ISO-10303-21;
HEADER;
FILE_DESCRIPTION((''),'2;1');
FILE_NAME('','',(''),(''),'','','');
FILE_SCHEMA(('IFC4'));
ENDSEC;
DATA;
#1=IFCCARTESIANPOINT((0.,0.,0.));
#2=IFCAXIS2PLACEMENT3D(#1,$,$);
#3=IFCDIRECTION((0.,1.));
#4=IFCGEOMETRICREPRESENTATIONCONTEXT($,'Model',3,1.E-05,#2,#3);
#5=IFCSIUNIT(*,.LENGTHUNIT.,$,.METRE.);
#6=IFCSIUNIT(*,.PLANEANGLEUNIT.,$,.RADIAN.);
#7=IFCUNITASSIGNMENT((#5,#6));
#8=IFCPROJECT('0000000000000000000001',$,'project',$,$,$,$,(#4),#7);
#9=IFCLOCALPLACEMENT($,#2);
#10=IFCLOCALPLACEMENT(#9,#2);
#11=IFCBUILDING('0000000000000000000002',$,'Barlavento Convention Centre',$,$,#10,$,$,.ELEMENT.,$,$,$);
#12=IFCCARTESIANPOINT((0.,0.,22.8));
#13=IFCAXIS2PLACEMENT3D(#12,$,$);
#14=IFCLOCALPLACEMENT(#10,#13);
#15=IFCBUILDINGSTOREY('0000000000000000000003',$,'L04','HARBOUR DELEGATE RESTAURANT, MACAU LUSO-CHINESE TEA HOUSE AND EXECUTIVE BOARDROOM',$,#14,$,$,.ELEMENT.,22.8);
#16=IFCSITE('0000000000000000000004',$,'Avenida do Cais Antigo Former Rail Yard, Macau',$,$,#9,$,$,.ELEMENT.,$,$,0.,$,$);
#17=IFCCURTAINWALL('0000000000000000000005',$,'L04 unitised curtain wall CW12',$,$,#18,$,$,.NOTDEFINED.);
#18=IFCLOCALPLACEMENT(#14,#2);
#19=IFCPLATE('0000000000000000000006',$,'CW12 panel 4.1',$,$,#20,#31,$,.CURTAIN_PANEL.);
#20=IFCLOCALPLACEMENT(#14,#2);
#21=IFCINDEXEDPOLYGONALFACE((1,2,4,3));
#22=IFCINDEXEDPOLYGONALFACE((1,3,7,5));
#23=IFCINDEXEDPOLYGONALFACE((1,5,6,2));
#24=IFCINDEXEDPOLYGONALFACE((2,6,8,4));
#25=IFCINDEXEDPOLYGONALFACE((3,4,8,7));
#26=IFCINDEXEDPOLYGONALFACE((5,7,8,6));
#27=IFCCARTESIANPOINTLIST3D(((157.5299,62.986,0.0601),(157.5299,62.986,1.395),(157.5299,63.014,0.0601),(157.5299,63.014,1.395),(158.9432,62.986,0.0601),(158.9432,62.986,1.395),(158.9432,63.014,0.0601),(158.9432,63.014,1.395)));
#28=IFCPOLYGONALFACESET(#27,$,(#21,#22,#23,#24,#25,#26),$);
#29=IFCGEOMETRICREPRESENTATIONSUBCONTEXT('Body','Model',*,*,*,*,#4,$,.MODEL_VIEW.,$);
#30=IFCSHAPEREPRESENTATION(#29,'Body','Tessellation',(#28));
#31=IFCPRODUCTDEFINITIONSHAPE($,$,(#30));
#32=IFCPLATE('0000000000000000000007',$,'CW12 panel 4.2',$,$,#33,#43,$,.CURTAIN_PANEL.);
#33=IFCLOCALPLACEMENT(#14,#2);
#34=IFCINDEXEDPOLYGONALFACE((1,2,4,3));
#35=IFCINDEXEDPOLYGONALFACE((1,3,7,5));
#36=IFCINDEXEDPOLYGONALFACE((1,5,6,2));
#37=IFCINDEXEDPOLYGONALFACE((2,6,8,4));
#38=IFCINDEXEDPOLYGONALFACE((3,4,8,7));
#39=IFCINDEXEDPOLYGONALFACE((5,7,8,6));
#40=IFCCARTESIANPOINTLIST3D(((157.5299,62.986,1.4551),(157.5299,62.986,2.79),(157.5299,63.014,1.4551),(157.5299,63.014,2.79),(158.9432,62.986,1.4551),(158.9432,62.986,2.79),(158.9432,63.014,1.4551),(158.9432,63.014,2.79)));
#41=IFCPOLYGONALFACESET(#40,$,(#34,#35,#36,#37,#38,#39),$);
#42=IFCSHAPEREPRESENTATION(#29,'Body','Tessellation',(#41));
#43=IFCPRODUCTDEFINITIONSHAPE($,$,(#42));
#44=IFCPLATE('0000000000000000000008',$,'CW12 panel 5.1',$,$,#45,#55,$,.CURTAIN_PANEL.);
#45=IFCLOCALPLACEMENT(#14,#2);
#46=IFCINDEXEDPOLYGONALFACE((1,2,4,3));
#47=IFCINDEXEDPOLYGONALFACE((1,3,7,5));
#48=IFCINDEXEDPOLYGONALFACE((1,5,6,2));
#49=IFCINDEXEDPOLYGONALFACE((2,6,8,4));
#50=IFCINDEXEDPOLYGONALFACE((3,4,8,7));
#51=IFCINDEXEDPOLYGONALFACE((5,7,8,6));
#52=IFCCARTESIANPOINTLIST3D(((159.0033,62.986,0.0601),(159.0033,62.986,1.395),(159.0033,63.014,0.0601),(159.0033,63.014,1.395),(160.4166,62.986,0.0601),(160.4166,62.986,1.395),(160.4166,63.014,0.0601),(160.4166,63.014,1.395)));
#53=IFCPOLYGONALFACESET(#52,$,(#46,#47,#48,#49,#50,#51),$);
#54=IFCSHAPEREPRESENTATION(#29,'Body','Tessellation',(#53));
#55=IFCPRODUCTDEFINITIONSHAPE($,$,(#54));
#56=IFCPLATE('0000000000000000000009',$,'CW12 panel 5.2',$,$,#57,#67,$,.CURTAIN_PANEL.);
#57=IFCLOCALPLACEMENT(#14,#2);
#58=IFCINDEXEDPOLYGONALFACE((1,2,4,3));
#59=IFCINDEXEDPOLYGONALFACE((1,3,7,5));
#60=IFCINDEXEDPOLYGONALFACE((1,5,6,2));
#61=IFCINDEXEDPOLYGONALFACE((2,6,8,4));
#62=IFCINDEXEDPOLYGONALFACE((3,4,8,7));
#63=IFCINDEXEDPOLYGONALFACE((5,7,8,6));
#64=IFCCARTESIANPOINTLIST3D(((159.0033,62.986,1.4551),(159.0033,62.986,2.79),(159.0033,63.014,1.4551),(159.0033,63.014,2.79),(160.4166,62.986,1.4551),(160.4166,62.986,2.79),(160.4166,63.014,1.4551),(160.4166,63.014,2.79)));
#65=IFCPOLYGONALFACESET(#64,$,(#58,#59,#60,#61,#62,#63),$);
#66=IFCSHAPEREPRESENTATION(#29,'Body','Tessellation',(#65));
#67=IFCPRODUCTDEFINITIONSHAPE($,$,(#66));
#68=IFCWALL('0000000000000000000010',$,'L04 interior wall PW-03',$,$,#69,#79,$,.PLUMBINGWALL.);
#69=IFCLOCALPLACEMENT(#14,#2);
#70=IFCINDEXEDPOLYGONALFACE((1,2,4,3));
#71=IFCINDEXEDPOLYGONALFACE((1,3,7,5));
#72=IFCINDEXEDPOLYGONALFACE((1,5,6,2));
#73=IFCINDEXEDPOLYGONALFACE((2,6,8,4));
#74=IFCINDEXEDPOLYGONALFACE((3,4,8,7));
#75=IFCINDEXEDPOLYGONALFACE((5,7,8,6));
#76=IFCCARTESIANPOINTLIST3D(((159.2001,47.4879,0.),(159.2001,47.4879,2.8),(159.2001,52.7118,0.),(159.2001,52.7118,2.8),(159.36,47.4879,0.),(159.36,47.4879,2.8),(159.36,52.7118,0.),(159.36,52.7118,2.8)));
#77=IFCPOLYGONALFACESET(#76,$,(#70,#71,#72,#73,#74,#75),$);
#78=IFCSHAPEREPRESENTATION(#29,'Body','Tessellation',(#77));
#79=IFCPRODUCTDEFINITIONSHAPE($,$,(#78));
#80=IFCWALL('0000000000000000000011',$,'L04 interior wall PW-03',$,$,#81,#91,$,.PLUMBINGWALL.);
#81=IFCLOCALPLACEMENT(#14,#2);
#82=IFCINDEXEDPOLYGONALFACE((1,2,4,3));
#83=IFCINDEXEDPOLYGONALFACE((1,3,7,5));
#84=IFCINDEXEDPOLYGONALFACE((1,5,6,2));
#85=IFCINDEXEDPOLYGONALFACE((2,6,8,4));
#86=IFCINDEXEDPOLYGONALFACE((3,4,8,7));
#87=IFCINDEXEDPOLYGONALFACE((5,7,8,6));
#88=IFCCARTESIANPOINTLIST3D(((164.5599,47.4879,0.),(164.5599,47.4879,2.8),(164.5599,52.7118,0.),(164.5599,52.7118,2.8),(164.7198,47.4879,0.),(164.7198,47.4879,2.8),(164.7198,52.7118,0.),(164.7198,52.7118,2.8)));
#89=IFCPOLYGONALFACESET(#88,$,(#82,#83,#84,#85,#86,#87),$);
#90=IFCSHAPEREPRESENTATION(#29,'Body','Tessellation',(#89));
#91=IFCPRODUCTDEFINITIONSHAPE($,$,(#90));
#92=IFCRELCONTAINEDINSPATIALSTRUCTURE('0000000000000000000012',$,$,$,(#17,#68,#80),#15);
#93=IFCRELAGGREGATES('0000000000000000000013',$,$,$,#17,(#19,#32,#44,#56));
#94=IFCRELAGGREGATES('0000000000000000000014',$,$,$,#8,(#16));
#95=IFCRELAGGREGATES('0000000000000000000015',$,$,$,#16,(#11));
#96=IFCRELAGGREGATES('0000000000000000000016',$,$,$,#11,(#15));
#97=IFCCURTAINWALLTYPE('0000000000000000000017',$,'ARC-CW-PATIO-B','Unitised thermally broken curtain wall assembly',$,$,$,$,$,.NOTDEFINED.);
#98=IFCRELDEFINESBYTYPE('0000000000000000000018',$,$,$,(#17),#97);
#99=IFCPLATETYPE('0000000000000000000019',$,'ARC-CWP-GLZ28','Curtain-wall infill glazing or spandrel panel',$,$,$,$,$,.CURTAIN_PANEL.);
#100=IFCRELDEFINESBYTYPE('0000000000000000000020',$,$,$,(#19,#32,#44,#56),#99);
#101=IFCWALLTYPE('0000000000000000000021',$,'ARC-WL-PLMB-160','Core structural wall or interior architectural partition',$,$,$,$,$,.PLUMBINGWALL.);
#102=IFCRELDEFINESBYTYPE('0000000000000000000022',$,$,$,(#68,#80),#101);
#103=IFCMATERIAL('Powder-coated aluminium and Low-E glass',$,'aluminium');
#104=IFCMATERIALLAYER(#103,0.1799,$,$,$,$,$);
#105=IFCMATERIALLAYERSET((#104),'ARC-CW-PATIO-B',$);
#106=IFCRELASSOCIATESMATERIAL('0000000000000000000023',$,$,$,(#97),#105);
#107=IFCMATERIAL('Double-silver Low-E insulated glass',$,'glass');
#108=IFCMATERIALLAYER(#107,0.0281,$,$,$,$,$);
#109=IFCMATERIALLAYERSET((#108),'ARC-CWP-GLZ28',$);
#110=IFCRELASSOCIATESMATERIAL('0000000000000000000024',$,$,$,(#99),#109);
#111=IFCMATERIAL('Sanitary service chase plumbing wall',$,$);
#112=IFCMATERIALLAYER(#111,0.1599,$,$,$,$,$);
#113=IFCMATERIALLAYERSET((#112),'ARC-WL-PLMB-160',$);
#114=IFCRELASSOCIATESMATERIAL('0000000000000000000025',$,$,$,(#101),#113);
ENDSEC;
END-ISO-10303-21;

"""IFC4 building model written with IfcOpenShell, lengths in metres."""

from ifc_helpers import new_model, si_unit, direction, frame, frame_2d, origin, origin_2d, place, context, subcontext, project, spatial, rectangle, extrude, material, layer, layer_set, type_object, element, aggregate, save


model = new_model("IFC4")

# Units and contexts
model_context = context("Model", 3, precision=1e-05, world=origin(), true_north=direction((0.0, 1.0)))
body_context = subcontext(model_context, "Body", "Model", "MODEL_VIEW")
ifc_project = project(units=[si_unit("LENGTHUNIT", "METRE"), si_unit("PLANEANGLEUNIT", "RADIAN")], contexts=[model_context])

# Site, building, storey
site_placement = place(None, origin())
site = spatial("IfcSite", under=ifc_project, at=site_placement, Name="Avenida do Cais Antigo Former Rail Yard, Macau", CompositionType="ELEMENT", RefElevation=0.0)
building_placement = place(site_placement, origin())
building = spatial("IfcBuilding", under=site, at=building_placement, Name="Barlavento Convention Centre", CompositionType="ELEMENT")
storey_placement = place(building_placement, frame((0.0, 0.0, 22.8)))
storey = spatial("IfcBuildingStorey", under=building, at=storey_placement, Name="L04", Description="HARBOUR DELEGATE RESTAURANT, MACAU LUSO-CHINESE TEA HOUSE AND EXECUTIVE BOARDROOM", CompositionType="ELEMENT", Elevation=22.8)

# Curtain wall
ifc_material_1 = material(Name="Powder-coated aluminium and Low-E glass", Category="aluminium")
ifc_layer_1 = layer(ifc_material_1, 0.1799)
ifc_layer_set_1 = layer_set([ifc_layer_1], Name="ARC-CW-PATIO-B")
curtain_wall_type = type_object("IfcCurtainWallType", Name="ARC-CW-PATIO-B", Description="Unitised thermally broken curtain wall assembly", PredefinedType="NOTDEFINED", material=ifc_layer_set_1)
curtain_wall_placement = place(storey_placement, origin())
curtain_wall = element("IfcCurtainWall", 1, at=curtain_wall_placement, inside=storey, type_object=curtain_wall_type, Name="L04 unitised curtain wall CW12", PredefinedType="NOTDEFINED")

# Plates
ifc_material_2 = material(Name="Double-silver Low-E insulated glass", Category="glass")
ifc_layer_2 = layer(ifc_material_2, 0.0281)
ifc_layer_set_2 = layer_set([ifc_layer_2], Name="ARC-CWP-GLZ28")
plate_type = type_object("IfcPlateType", Name="ARC-CWP-GLZ28", Description="Curtain-wall infill glazing or spandrel panel", PredefinedType="CURTAIN_PANEL", material=ifc_layer_set_2)
plate_1_placement = place(storey_placement, frame((158.2366, 63.0, 0.0601), z_axis=(0.0, 0.0, 1.0), x_axis=(1.0, 0.0, 0.0)))
plate_1 = element("IfcPlate", 2, at=plate_1_placement, type_object=plate_type, Name="CW12 panel 4.1", PredefinedType="CURTAIN_PANEL", context=body_context, shape_type="SweptSolid", body=[
    extrude(rectangle(XDim=1.4133, YDim=0.0281, at=origin_2d()), origin(), (0.0, 0.0, 1.0), 1.335),
])
plate_2_placement = place(storey_placement, frame((158.2366, 63.0, 1.4551), z_axis=(0.0, 0.0, 1.0), x_axis=(1.0, 0.0, 0.0)))
plate_2 = element("IfcPlate", 3, at=plate_2_placement, type_object=plate_type, Name="CW12 panel 4.2", PredefinedType="CURTAIN_PANEL", context=body_context, shape_type="SweptSolid", body=[
    extrude(rectangle(XDim=1.4133, YDim=0.0281, at=origin_2d()), origin(), (0.0, 0.0, 1.0), 1.335),
])
plate_3_placement = place(storey_placement, frame((159.71, 63.0, 0.0601), z_axis=(0.0, 0.0, 1.0), x_axis=(1.0, 0.0, 0.0)))
plate_3 = element("IfcPlate", 4, at=plate_3_placement, type_object=plate_type, Name="CW12 panel 5.1", PredefinedType="CURTAIN_PANEL", context=body_context, shape_type="SweptSolid", body=[
    extrude(rectangle(XDim=1.4133, YDim=0.0281, at=origin_2d()), origin(), (0.0, 0.0, 1.0), 1.335),
])
plate_4_placement = place(storey_placement, frame((159.71, 63.0, 1.4551), z_axis=(0.0, 0.0, 1.0), x_axis=(1.0, 0.0, 0.0)))
plate_4 = element("IfcPlate", 5, at=plate_4_placement, type_object=plate_type, Name="CW12 panel 5.2", PredefinedType="CURTAIN_PANEL", context=body_context, shape_type="SweptSolid", body=[
    extrude(rectangle(XDim=1.4133, YDim=0.0281, at=origin_2d()), origin(), (0.0, 0.0, 1.0), 1.335),
])
aggregate(curtain_wall, [plate_1, plate_2, plate_3, plate_4])

# Walls
ifc_material_3 = material(Name="Sanitary service chase plumbing wall")
ifc_layer_3 = layer(ifc_material_3, 0.1599)
ifc_layer_set_3 = layer_set([ifc_layer_3], Name="ARC-WL-PLMB-160")
wall_type = type_object("IfcWallType", Name="ARC-WL-PLMB-160", Description="Core structural wall or interior architectural partition", PredefinedType="PLUMBINGWALL", material=ifc_layer_set_3)
for number, where, z_axis, x_axis, name in (
    (6, (159.28, 47.488, 0.0), (0.0, 0.0, 1.0), (0.0, 1.0, 0.0), "L04 interior wall PW-03"),
    (7, (164.6399, 47.488, 0.0), (0.0, 0.0, 1.0), (0.0, 1.0, 0.0), "L04 interior wall PW-03"),
):
    element("IfcWall", number, at=place(storey_placement, frame(where, z_axis=z_axis, x_axis=x_axis)), inside=storey, type_object=wall_type, Name=name, PredefinedType="PLUMBINGWALL", context=body_context, shape_type="SweptSolid", body=[
        extrude(rectangle(XDim=5.2239, YDim=0.1599, at=frame_2d((2.6118, 0.0))), origin(), (0.0, 0.0, 1.0), 2.8),
    ])

save(model, "model.ifc")
